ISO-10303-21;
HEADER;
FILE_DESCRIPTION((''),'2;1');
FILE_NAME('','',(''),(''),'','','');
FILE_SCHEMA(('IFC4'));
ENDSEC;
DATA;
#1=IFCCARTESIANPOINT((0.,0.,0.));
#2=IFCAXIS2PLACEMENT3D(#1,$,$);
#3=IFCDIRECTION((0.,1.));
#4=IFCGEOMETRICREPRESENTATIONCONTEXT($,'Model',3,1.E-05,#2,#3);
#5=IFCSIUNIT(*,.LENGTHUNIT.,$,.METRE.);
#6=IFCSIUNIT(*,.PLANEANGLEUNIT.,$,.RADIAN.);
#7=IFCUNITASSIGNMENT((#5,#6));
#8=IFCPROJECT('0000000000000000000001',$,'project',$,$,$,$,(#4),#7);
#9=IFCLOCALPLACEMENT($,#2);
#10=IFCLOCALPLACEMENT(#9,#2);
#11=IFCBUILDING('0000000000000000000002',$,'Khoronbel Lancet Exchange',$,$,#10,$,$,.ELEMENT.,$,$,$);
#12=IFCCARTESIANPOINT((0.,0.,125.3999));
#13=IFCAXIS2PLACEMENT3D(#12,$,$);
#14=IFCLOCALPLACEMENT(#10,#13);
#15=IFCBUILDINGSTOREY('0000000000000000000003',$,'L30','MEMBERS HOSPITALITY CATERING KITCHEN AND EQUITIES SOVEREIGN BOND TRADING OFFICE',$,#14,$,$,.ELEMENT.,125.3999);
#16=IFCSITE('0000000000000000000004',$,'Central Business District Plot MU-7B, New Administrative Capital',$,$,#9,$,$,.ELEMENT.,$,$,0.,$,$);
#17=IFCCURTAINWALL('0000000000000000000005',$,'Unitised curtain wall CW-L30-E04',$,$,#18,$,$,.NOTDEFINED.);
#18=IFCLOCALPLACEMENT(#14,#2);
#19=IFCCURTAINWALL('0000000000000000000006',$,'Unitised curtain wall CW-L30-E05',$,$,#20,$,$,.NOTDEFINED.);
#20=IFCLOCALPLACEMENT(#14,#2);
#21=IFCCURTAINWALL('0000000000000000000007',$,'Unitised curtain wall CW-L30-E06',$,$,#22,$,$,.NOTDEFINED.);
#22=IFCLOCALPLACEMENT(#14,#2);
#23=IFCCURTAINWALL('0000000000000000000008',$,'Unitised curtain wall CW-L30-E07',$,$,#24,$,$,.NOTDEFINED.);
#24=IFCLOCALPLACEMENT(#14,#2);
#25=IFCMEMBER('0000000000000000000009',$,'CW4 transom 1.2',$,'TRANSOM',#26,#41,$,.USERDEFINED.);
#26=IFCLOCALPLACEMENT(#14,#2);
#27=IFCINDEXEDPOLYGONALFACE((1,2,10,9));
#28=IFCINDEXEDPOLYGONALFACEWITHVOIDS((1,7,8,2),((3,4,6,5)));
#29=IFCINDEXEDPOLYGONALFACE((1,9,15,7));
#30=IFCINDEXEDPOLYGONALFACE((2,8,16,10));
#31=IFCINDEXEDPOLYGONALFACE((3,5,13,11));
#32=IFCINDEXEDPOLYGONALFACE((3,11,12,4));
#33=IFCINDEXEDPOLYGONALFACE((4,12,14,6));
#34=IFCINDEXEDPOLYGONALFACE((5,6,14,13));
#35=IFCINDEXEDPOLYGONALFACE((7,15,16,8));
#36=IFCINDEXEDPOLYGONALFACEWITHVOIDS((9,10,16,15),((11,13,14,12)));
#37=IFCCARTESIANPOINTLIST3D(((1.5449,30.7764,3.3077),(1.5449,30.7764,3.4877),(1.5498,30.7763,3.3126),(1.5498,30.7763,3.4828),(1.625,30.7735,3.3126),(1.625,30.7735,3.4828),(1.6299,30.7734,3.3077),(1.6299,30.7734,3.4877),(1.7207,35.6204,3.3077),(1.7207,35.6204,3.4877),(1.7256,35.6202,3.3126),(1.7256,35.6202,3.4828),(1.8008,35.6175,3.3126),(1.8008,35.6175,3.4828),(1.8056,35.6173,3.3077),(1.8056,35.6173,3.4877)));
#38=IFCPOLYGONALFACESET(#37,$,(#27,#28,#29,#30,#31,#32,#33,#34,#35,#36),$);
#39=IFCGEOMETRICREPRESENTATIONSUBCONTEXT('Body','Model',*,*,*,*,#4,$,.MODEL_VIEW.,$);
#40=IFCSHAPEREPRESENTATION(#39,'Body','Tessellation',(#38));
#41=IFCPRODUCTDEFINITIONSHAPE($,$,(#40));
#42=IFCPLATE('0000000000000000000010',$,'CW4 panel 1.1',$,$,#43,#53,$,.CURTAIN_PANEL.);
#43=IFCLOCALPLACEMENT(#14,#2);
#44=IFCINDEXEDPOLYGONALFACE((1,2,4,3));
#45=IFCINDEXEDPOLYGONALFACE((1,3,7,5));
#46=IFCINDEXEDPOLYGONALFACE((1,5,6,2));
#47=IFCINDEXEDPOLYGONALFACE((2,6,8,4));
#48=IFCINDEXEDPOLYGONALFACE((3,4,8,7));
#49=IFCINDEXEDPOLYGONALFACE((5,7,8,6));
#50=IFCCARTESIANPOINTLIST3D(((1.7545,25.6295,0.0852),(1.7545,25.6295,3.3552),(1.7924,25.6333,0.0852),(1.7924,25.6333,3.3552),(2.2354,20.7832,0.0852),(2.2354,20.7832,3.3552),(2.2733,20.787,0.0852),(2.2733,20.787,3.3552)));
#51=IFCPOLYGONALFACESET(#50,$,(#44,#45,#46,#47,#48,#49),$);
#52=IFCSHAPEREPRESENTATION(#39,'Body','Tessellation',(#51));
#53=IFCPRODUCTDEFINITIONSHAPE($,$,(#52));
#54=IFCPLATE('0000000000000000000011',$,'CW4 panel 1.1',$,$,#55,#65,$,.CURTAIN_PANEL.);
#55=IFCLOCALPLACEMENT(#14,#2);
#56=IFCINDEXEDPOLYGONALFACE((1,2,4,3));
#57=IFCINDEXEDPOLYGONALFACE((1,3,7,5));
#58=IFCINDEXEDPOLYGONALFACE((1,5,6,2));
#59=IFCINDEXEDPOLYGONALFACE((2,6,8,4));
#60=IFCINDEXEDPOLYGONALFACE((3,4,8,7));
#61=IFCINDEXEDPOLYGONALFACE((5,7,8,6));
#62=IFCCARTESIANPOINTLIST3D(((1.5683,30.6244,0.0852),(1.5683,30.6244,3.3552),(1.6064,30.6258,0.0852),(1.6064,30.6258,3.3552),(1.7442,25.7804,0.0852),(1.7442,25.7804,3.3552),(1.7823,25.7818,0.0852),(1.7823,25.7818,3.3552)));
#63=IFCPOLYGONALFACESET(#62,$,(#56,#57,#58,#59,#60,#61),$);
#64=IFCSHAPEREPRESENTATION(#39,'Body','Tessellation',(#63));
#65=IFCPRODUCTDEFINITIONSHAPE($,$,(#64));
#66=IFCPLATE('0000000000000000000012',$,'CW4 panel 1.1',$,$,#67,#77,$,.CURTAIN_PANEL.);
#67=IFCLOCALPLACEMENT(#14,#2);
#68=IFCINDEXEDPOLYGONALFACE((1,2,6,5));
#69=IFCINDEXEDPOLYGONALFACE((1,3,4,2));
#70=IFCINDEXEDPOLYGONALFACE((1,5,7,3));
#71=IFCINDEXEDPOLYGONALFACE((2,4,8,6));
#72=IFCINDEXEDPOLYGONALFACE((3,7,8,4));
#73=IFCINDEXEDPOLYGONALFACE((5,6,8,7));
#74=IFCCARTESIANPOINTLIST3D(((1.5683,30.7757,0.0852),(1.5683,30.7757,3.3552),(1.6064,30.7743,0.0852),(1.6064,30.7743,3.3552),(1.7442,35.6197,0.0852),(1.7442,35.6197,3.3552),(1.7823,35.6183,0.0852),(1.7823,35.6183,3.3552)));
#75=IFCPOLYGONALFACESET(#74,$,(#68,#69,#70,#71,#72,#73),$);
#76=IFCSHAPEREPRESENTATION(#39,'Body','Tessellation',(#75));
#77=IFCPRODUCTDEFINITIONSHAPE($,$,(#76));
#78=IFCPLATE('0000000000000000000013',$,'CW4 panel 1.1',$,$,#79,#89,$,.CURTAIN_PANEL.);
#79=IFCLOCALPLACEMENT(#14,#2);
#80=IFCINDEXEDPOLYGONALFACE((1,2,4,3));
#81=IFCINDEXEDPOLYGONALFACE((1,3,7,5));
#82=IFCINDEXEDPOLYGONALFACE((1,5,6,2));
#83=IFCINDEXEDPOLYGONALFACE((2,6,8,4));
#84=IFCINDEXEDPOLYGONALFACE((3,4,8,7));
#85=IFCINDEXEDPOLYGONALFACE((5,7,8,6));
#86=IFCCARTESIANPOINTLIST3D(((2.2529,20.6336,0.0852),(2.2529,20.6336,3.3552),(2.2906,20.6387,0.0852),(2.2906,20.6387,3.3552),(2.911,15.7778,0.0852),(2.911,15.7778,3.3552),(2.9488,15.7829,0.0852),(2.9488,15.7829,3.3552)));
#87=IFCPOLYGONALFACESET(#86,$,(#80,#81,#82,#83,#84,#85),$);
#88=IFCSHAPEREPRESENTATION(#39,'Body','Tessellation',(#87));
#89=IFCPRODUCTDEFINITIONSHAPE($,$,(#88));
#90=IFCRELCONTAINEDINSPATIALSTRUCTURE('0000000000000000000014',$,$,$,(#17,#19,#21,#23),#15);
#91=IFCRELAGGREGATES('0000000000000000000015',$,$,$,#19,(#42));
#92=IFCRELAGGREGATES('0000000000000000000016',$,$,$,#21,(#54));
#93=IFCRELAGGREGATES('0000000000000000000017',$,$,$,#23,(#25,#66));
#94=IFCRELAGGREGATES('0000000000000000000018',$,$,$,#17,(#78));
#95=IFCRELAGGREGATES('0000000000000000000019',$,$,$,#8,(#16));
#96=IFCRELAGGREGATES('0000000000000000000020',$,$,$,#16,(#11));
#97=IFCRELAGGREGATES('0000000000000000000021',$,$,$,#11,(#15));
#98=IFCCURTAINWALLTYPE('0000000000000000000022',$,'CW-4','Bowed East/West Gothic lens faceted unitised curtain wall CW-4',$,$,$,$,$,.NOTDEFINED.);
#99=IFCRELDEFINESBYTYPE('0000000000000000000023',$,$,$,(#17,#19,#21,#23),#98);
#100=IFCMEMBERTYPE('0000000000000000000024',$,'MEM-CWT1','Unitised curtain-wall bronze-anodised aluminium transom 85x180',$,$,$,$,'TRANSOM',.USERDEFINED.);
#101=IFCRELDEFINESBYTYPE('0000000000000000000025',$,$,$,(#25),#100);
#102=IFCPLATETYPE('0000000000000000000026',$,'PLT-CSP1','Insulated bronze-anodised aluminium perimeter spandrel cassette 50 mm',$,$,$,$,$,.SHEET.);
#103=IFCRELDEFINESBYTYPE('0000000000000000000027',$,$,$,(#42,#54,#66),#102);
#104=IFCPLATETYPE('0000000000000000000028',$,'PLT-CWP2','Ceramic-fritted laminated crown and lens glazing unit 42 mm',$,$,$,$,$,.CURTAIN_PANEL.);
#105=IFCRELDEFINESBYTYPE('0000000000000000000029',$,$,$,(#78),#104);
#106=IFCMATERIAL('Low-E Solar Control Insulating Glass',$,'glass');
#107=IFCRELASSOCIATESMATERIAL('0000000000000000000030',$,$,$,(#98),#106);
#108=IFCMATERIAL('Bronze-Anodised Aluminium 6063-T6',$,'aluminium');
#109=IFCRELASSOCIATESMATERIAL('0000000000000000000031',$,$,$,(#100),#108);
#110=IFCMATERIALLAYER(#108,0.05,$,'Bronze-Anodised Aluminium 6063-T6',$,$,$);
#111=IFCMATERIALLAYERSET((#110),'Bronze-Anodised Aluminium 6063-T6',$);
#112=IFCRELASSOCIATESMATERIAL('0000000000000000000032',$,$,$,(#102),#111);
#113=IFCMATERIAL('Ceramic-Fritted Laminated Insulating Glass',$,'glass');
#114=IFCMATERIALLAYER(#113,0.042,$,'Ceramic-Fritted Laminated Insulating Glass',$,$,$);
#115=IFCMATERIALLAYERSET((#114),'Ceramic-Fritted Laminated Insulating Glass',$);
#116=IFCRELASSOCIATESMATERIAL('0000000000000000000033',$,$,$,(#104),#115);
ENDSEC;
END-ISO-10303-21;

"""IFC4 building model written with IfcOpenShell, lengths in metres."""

from ifc_helpers import new_model, si_unit, direction, frame, origin, origin_2d, place, context, subcontext, project, spatial, rectangle, hollow_rectangle, extrude, material, layer, layer_set, material_profile, profile_set, type_object, element, aggregate, save


model = new_model("IFC4")

# Units and contexts
model_context = context("Model", 3, precision=1e-05, world=origin(), true_north=direction((0.0, 1.0)))
body_context = subcontext(model_context, "Body", "Model", "MODEL_VIEW")
ifc_project = project(units=[si_unit("LENGTHUNIT", "METRE"), si_unit("PLANEANGLEUNIT", "RADIAN")], contexts=[model_context])

# Site, building, storey
site_placement = place(None, origin())
site = spatial("IfcSite", under=ifc_project, at=site_placement, Name="Central Business District Plot MU-7B, New Administrative Capital", CompositionType="ELEMENT", RefElevation=0.0)
building_placement = place(site_placement, origin())
building = spatial("IfcBuilding", under=site, at=building_placement, Name="Khoronbel Lancet Exchange", CompositionType="ELEMENT")
storey_placement = place(building_placement, frame((0.0, 0.0, 125.3999)))
storey = spatial("IfcBuildingStorey", under=building, at=storey_placement, Name="L30", Description="MEMBERS HOSPITALITY CATERING KITCHEN AND EQUITIES SOVEREIGN BOND TRADING OFFICE", CompositionType="ELEMENT", Elevation=125.3999)

# Curtain walls
ifc_material_1 = material(Name="Low-E Solar Control Insulating Glass", Category="glass")
curtain_wall_type = type_object("IfcCurtainWallType", Name="CW-4", Description="Bowed East/West Gothic lens faceted unitised curtain wall CW-4", PredefinedType="NOTDEFINED", material=ifc_material_1)
curtain_wall_1_placement = place(storey_placement, origin())
curtain_wall_1 = element("IfcCurtainWall", 1, at=curtain_wall_1_placement, inside=storey, type_object=curtain_wall_type, Name="Unitised curtain wall CW-L30-E04", PredefinedType="NOTDEFINED")
ifc_material_2 = material(Name="Bronze-Anodised Aluminium 6063-T6", Category="aluminium")
curtain_wall_2_placement = place(storey_placement, origin())
curtain_wall_2 = element("IfcCurtainWall", 2, at=curtain_wall_2_placement, inside=storey, type_object=curtain_wall_type, Name="Unitised curtain wall CW-L30-E05", PredefinedType="NOTDEFINED")
curtain_wall_3_placement = place(storey_placement, origin())
curtain_wall_3 = element("IfcCurtainWall", 3, at=curtain_wall_3_placement, inside=storey, type_object=curtain_wall_type, Name="Unitised curtain wall CW-L30-E06", PredefinedType="NOTDEFINED")
curtain_wall_4_placement = place(storey_placement, origin())
curtain_wall_4 = element("IfcCurtainWall", 4, at=curtain_wall_4_placement, inside=storey, type_object=curtain_wall_type, Name="Unitised curtain wall CW-L30-E07", PredefinedType="NOTDEFINED")

# Member
ifc_material_profile_1 = material_profile(ifc_material_2, hollow_rectangle(XDim=0.085, YDim=0.1799, WallThickness=0.0049, at=origin_2d()), Name="ALU TRANSOM 85x180")
ifc_profile_set_1 = profile_set([ifc_material_profile_1], Name="Bronze-Anodised Aluminium 6063-T6")
member_type_1 = type_object("IfcMemberType", Name="MEM-CWT1", Description="Unitised curtain-wall bronze-anodised aluminium transom 85x180", ElementType="TRANSOM", PredefinedType="USERDEFINED", material=ifc_profile_set_1)
member_1_placement = place(storey_placement, frame((1.5874, 30.7749, 3.3977), z_axis=(0.036265, 0.999342, 0.0), x_axis=(-0.999342, 0.036265, 0.0)))
member_1 = element("IfcMember", 5, at=member_1_placement, type_object=member_type_1, Name="CW4 transom 1.2", ObjectType="TRANSOM", PredefinedType="USERDEFINED", context=body_context, shape_type="SweptSolid", body=[
    extrude(hollow_rectangle(XDim=0.085, YDim=0.1799, WallThickness=0.0049, at=origin_2d()), origin(), (0.0, 0.0, 1.0), 4.8472),
])

# Plates
ifc_layer_1 = layer(ifc_material_2, 0.05, Name="Bronze-Anodised Aluminium 6063-T6")
ifc_layer_set_1 = layer_set([ifc_layer_1], Name="Bronze-Anodised Aluminium 6063-T6")
plate_type_1 = type_object("IfcPlateType", Name="PLT-CSP1", Description="Insulated bronze-anodised aluminium perimeter spandrel cassette 50 mm", PredefinedType="SHEET", material=ifc_layer_set_1)
plate_1_placement = place(storey_placement, frame((2.0139, 23.2083, 0.0852), z_axis=(0.0, 0.0, 1.0), x_axis=(-0.098742, 0.995113, 0.0)))
plate_1 = element("IfcPlate", 6, at=plate_1_placement, type_object=plate_type_1, Name="CW4 panel 1.1", PredefinedType="CURTAIN_PANEL", context=body_context, shape_type="SweptSolid", body=[
    extrude(rectangle(XDim=4.8701, YDim=0.0381, at=origin_2d()), origin(), (0.0, 0.0, 1.0), 3.27),
])
aggregate(curtain_wall_2, [plate_1])
plate_2_placement = place(storey_placement, frame((1.6753, 28.2031, 0.0852), z_axis=(0.0, 0.0, 1.0), x_axis=(-0.03628, 0.999342, 0.0)))
plate_2 = element("IfcPlate", 7, at=plate_2_placement, type_object=plate_type_1, Name="CW4 panel 1.1", PredefinedType="CURTAIN_PANEL", context=body_context, shape_type="SweptSolid", body=[
    extrude(rectangle(XDim=4.8472, YDim=0.0381, at=origin_2d()), origin(), (0.0, 0.0, 1.0), 3.27),
])
aggregate(curtain_wall_3, [plate_2])
plate_3_placement = place(storey_placement, frame((1.6753, 33.197, 0.0852), z_axis=(0.0, 0.0, 1.0), x_axis=(0.03628, 0.999342, 0.0)))
plate_3 = element("IfcPlate", 8, at=plate_3_placement, type_object=plate_type_1, Name="CW4 panel 1.1", PredefinedType="CURTAIN_PANEL", context=body_context, shape_type="SweptSolid", body=[
    extrude(rectangle(XDim=4.8472, YDim=0.0381, at=origin_2d()), origin(), (0.0, 0.0, 1.0), 3.27),
])
aggregate(curtain_wall_4, [member_1, plate_3])
ifc_material_3 = material(Name="Ceramic-Fritted Laminated Insulating Glass", Category="glass")
ifc_layer_2 = layer(ifc_material_3, 0.042, Name="Ceramic-Fritted Laminated Insulating Glass")
ifc_layer_set_2 = layer_set([ifc_layer_2], Name="Ceramic-Fritted Laminated Insulating Glass")
plate_type_2 = type_object("IfcPlateType", Name="PLT-CWP2", Description="Ceramic-fritted laminated crown and lens glazing unit 42 mm", PredefinedType="CURTAIN_PANEL", material=ifc_layer_set_2)
plate_4_placement = place(storey_placement, frame((2.6008, 18.2083, 0.0852), z_axis=(0.0, 0.0, 1.0), x_axis=(-0.134313, 0.990939, 0.0)))
plate_4 = element("IfcPlate", 9, at=plate_4_placement, type_object=plate_type_2, Name="CW4 panel 1.1", PredefinedType="CURTAIN_PANEL", context=body_context, shape_type="SweptSolid", body=[
    extrude(rectangle(XDim=4.9001, YDim=0.0381, at=origin_2d()), origin(), (0.0, 0.0, 1.0), 3.27),
])
aggregate(curtain_wall_1, [plate_4])

save(model, "model.ifc")
